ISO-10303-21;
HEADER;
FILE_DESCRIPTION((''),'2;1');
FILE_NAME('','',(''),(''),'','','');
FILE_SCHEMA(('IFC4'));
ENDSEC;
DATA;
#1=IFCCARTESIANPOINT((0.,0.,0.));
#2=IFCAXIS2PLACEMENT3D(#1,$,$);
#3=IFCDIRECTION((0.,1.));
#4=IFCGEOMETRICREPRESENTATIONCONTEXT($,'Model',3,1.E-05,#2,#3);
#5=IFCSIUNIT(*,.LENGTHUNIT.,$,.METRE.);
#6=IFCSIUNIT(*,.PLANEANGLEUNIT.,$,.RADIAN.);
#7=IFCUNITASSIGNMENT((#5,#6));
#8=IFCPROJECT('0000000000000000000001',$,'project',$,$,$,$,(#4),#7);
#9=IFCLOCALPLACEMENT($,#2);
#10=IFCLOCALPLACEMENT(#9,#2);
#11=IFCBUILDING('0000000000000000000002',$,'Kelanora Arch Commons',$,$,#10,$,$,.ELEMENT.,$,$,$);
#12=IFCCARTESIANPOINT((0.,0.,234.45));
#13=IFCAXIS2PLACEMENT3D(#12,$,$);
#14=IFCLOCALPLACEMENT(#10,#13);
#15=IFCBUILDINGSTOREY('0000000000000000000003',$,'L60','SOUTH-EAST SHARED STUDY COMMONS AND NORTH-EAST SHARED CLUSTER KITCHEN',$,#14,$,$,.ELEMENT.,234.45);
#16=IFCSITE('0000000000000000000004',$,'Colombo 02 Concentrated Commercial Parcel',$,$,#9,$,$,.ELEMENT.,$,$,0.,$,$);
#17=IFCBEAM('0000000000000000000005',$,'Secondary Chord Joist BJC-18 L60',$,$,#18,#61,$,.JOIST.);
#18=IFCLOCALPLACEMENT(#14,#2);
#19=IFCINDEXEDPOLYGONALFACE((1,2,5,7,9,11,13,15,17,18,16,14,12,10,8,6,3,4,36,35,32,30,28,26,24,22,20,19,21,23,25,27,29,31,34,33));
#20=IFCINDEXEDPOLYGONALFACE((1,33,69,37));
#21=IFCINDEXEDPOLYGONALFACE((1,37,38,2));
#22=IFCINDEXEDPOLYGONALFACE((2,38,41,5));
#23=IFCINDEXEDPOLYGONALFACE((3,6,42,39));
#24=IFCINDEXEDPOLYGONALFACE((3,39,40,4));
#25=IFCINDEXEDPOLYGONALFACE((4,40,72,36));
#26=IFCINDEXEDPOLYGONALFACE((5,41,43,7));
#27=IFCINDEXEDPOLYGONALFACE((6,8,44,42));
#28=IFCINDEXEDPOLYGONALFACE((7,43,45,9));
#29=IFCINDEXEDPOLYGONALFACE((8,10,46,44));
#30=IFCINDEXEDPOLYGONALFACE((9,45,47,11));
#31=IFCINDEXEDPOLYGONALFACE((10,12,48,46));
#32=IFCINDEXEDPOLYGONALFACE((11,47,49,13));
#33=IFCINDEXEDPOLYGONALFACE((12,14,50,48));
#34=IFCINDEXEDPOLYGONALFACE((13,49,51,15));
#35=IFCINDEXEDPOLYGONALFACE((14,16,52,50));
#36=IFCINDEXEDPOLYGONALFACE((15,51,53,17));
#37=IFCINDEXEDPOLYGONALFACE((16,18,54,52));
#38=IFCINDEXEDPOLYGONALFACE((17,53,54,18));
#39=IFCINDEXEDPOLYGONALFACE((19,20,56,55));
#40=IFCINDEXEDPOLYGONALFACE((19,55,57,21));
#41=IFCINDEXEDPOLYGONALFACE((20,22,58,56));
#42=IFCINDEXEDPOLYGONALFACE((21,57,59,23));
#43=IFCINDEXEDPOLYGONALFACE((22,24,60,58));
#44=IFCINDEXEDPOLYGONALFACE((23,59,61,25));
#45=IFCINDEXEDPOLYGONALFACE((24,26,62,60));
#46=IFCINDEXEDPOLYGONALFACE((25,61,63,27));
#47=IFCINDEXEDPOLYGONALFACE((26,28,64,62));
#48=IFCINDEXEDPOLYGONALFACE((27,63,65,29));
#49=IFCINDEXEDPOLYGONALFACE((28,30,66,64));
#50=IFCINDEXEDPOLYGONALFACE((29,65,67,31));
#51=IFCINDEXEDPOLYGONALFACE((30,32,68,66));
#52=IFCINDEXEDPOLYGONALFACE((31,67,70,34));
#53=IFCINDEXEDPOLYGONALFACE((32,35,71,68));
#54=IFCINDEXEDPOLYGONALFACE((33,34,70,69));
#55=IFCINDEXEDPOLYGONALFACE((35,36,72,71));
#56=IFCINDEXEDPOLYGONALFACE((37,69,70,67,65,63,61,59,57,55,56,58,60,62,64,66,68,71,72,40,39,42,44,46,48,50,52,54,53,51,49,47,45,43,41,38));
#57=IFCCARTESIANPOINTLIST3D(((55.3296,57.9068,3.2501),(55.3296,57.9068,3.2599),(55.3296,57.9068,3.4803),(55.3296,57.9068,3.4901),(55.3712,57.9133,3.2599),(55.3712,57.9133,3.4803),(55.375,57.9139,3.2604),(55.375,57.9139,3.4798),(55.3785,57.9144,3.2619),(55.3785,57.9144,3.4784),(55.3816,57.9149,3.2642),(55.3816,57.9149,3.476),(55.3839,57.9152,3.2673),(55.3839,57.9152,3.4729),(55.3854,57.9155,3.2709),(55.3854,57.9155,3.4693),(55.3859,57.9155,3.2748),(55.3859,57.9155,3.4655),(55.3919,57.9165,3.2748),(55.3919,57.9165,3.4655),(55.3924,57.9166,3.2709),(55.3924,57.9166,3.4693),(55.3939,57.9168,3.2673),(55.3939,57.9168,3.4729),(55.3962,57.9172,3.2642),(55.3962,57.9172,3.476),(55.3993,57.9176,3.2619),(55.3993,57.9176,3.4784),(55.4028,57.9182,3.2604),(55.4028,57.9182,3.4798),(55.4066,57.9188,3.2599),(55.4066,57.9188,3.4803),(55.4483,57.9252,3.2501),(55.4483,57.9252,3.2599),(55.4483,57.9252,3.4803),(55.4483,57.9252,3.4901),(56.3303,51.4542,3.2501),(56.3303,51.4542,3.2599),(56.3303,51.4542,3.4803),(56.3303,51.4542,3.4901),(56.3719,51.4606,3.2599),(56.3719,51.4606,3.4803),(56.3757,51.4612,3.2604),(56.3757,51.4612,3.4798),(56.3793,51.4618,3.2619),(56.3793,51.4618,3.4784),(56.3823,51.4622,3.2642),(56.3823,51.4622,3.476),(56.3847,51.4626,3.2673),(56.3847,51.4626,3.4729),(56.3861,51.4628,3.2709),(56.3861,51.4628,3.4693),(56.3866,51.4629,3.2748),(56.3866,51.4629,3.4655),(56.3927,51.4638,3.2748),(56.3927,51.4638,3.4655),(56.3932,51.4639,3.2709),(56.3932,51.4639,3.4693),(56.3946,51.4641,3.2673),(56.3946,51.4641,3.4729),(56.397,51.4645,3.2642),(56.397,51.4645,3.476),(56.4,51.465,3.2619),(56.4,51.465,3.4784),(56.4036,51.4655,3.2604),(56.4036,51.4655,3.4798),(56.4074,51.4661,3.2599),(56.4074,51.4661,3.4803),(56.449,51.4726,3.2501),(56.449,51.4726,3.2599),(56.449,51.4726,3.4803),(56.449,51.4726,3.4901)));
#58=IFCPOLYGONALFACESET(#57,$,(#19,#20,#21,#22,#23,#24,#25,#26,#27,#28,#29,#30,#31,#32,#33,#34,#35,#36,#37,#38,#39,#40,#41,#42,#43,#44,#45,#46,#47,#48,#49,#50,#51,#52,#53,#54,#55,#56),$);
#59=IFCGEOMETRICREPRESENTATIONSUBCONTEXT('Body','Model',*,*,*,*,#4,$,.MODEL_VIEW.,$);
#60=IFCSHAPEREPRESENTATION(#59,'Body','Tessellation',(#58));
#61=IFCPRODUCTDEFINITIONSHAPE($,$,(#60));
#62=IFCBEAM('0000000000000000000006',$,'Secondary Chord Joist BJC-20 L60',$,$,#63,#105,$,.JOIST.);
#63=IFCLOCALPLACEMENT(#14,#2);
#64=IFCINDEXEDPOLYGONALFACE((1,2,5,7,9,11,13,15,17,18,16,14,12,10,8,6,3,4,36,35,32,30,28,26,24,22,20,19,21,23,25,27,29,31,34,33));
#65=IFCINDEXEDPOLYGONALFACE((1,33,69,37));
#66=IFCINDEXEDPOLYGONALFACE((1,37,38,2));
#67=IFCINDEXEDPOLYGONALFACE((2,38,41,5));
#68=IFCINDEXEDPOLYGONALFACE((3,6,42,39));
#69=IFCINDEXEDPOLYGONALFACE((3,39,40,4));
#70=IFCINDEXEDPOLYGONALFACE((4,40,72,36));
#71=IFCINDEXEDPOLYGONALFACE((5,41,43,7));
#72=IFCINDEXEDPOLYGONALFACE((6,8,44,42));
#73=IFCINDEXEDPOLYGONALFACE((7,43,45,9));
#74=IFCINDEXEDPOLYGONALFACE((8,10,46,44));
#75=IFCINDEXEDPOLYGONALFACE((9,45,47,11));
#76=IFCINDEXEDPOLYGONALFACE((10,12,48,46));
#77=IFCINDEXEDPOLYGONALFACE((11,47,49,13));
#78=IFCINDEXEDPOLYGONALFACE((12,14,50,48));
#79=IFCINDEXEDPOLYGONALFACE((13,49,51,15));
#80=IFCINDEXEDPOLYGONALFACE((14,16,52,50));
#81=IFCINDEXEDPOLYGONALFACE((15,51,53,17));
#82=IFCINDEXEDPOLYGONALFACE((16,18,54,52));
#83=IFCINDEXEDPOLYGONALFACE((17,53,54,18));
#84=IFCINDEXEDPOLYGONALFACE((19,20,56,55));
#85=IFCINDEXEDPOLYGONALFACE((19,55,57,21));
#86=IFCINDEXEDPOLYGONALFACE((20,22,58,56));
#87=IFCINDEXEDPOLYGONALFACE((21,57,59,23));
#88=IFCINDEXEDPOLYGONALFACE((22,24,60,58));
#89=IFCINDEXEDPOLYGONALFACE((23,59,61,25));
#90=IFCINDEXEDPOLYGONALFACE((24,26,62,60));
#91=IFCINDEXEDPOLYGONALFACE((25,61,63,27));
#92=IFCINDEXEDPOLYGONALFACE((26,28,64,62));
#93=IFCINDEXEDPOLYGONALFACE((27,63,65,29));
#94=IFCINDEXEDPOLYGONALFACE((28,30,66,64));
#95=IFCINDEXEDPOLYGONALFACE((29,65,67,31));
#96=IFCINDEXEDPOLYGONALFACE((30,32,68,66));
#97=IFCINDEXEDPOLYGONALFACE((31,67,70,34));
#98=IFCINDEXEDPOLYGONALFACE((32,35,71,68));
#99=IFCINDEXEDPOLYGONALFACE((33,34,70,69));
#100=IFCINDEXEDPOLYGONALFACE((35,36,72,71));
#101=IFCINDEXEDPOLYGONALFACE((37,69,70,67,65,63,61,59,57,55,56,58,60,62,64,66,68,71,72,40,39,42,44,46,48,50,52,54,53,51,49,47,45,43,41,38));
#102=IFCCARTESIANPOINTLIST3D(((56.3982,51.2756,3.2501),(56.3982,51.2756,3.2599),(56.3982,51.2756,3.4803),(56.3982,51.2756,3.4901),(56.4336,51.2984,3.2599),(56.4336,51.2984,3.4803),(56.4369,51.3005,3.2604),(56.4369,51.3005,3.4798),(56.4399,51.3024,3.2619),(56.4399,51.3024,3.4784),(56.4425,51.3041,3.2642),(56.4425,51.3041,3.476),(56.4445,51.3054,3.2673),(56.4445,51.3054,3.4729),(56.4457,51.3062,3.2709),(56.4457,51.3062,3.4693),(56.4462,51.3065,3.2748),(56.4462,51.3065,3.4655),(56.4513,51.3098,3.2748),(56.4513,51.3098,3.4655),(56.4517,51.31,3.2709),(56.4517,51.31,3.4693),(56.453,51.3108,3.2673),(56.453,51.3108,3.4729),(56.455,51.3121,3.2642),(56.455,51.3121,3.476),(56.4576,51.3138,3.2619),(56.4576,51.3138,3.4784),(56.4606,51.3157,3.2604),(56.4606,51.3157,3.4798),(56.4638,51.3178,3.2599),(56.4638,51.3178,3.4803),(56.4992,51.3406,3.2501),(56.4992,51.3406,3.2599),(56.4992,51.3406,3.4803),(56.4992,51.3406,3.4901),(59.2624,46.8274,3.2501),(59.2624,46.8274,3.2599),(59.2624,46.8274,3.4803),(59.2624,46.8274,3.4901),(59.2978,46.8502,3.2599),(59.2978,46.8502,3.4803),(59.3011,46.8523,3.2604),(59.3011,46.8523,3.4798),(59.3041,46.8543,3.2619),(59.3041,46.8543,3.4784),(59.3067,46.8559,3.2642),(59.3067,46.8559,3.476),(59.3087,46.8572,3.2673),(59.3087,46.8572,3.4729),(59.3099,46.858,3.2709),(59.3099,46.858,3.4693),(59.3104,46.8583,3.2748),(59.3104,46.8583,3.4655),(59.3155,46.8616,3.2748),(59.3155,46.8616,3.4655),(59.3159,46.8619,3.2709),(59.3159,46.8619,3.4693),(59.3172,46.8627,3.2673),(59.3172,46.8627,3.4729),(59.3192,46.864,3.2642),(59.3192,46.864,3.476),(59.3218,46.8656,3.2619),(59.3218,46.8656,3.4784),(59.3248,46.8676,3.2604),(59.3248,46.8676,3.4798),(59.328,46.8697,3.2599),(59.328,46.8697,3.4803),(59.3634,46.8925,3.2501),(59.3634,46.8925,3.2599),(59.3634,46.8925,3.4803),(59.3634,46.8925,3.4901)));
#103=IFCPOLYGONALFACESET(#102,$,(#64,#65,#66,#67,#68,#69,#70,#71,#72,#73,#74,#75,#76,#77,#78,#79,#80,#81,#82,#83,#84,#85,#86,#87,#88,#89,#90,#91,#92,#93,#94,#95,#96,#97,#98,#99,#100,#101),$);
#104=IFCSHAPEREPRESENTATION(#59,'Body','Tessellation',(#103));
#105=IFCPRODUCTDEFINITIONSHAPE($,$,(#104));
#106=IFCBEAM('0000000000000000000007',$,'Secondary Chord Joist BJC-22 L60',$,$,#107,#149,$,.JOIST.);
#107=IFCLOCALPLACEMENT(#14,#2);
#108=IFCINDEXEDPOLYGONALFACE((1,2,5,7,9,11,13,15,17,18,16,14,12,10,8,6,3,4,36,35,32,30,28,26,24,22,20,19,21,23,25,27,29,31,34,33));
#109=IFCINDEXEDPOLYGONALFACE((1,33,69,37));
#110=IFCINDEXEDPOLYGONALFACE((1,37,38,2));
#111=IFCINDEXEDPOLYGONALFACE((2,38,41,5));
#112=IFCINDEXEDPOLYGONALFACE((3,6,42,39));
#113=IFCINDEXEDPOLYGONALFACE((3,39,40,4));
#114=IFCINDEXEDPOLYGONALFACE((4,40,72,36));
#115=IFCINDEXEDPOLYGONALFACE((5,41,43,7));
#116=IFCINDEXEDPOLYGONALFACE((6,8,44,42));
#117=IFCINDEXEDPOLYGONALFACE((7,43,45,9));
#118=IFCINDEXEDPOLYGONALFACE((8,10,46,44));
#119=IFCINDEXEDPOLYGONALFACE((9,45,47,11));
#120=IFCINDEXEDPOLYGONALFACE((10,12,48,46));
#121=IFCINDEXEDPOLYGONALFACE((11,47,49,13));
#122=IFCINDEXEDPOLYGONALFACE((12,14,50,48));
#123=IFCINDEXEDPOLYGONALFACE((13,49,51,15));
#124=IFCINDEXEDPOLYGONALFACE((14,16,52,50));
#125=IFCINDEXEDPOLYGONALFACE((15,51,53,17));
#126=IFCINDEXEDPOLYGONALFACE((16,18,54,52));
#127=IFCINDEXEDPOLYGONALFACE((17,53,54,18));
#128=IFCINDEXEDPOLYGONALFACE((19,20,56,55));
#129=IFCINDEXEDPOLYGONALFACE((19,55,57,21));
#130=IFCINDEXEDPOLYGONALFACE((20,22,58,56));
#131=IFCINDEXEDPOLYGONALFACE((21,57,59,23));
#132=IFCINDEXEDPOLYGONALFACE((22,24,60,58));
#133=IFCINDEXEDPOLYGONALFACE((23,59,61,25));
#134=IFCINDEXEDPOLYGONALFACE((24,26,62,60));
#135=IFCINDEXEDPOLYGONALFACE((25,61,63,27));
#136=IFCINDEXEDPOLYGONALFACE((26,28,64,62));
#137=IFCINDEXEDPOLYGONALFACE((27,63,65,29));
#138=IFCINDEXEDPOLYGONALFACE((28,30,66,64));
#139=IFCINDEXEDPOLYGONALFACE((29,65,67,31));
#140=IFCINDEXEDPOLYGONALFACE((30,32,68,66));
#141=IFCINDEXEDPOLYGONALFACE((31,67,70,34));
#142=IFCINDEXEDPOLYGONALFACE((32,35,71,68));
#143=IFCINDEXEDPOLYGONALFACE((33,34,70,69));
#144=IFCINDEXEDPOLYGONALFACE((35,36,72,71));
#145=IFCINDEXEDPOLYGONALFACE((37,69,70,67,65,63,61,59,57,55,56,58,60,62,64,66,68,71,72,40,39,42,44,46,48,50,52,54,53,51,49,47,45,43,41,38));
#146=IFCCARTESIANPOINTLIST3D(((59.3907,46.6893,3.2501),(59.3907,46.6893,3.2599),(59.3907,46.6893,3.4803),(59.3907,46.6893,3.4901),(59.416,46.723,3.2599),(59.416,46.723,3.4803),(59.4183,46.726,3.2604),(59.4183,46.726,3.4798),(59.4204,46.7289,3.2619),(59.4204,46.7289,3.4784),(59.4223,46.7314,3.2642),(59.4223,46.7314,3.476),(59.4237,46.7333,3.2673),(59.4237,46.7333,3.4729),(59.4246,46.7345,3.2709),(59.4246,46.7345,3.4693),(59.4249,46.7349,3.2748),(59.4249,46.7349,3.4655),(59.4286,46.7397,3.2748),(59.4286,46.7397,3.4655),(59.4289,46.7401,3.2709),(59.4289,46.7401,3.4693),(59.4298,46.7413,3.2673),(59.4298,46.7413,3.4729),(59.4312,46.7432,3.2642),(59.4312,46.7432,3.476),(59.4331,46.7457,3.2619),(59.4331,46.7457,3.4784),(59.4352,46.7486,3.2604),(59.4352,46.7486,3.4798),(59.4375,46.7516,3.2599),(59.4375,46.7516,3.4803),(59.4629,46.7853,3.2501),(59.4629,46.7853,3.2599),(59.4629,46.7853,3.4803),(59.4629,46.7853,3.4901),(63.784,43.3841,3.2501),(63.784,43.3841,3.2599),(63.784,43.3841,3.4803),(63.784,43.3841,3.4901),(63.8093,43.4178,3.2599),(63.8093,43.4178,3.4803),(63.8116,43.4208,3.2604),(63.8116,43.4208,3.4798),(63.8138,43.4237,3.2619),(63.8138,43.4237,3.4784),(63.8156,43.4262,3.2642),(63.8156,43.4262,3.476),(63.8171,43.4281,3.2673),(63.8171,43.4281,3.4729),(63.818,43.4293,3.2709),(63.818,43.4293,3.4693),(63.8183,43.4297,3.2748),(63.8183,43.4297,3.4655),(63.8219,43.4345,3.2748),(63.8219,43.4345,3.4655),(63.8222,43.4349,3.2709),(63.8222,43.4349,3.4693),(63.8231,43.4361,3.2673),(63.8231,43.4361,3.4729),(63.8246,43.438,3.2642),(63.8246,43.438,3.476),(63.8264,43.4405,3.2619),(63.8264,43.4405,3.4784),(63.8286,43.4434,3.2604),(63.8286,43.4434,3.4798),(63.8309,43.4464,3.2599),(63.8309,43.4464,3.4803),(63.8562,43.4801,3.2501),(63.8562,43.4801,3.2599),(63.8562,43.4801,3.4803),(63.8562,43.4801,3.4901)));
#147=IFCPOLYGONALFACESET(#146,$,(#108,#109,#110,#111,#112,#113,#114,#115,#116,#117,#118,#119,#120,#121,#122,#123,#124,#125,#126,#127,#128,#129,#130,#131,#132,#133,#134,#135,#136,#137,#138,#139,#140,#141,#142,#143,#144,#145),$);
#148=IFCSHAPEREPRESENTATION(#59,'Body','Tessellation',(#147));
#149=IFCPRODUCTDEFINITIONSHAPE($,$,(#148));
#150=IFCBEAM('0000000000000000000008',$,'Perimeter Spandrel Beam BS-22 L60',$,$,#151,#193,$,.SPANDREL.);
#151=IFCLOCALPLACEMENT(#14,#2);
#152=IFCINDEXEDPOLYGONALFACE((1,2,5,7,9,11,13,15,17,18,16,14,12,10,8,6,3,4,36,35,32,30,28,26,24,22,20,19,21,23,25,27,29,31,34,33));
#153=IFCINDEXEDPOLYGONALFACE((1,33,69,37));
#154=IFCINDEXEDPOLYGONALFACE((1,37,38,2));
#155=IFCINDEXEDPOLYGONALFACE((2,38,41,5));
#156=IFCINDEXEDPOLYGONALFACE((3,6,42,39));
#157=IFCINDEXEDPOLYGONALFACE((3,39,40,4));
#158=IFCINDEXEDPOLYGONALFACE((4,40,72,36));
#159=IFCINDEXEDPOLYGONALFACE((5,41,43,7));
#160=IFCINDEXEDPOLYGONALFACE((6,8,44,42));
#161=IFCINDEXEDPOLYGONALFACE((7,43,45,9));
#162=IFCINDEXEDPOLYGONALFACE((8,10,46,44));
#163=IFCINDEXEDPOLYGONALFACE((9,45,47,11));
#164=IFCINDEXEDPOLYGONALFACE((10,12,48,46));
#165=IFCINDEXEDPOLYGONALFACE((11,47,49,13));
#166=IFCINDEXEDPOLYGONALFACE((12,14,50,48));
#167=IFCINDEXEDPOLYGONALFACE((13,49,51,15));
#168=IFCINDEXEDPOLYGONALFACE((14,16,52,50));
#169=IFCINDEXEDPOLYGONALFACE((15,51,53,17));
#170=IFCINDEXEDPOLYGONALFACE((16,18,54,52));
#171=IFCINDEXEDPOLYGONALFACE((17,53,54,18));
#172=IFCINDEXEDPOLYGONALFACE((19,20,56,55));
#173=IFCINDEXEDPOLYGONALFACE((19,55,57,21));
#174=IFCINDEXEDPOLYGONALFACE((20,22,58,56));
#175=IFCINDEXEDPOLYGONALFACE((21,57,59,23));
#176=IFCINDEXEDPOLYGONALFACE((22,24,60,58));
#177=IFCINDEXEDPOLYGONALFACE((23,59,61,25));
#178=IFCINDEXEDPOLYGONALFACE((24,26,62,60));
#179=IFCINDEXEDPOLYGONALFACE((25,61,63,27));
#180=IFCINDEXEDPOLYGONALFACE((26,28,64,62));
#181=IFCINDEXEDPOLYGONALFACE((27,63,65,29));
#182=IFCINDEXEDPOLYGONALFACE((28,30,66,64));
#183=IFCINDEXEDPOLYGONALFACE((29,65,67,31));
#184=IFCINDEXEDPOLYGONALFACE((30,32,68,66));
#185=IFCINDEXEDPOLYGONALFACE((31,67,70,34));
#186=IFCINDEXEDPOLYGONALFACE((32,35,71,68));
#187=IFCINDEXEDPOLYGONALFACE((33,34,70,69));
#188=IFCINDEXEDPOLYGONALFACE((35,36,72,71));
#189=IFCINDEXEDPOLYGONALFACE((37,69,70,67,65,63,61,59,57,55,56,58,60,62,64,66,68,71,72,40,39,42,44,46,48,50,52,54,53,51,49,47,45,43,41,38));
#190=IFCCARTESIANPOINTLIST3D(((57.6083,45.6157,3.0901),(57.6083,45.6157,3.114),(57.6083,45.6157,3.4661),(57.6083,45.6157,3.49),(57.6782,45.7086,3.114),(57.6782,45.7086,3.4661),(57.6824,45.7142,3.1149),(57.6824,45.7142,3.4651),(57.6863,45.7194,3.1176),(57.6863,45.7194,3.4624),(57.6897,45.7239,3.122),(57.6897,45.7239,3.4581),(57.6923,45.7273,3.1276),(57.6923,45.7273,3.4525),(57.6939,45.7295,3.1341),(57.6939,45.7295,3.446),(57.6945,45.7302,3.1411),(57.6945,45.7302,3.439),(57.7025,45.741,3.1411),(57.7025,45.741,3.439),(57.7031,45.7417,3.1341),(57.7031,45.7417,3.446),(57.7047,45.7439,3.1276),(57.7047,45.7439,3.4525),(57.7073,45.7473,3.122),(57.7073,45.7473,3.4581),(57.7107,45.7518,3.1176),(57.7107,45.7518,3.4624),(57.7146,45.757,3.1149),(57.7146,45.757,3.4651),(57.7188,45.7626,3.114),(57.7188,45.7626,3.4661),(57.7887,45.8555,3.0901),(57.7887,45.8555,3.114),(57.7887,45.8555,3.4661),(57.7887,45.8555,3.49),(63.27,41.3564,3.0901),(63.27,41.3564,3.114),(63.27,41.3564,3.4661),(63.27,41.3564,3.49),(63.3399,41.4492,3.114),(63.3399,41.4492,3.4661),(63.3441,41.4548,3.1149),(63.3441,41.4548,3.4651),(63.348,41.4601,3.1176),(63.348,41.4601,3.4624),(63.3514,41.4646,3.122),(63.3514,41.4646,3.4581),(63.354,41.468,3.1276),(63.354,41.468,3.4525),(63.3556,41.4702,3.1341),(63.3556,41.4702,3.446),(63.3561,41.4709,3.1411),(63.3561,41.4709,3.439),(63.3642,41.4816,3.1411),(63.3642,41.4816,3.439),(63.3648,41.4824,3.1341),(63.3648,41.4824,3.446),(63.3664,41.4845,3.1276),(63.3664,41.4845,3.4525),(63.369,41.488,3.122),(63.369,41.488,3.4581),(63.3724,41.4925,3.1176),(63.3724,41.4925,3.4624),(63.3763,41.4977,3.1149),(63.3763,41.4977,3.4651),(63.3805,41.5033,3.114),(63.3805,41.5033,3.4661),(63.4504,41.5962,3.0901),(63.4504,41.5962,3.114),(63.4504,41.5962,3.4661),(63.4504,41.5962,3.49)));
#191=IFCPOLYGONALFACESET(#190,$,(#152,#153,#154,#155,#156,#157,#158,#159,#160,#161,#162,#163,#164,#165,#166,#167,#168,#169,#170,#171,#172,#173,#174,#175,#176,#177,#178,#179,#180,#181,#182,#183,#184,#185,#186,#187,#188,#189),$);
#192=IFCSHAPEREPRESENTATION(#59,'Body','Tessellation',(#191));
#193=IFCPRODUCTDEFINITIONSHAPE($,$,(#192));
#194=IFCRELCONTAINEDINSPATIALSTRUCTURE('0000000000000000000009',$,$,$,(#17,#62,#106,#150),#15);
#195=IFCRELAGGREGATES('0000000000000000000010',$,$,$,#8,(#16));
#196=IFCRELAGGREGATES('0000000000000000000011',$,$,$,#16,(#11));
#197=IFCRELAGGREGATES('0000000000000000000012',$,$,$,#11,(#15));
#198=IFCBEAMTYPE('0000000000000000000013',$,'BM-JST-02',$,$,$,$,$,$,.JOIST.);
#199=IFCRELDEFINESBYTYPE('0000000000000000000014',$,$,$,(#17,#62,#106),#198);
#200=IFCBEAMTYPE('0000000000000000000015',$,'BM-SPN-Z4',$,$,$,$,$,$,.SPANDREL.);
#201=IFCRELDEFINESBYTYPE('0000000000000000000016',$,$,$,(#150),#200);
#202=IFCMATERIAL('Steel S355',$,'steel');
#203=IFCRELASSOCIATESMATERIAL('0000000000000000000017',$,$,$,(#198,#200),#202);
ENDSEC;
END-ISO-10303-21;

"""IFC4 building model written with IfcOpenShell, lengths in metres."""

from ifc_helpers import new_model, si_unit, direction, frame, origin, origin_2d, place, context, subcontext, project, spatial, i_section, extrude, material, material_profile, profile_set, type_object, element, save


model = new_model("IFC4")

# Units and contexts
model_context = context("Model", 3, precision=1e-05, world=origin(), true_north=direction((0.0, 1.0)))
body_context = subcontext(model_context, "Body", "Model", "MODEL_VIEW")
ifc_project = project(units=[si_unit("LENGTHUNIT", "METRE"), si_unit("PLANEANGLEUNIT", "RADIAN")], contexts=[model_context])

# Site, building, storey
site_placement = place(None, origin())
site = spatial("IfcSite", under=ifc_project, at=site_placement, Name="Colombo 02 Concentrated Commercial Parcel", CompositionType="ELEMENT", RefElevation=0.0)
building_placement = place(site_placement, origin())
building = spatial("IfcBuilding", under=site, at=building_placement, Name="Kelanora Arch Commons", CompositionType="ELEMENT")
storey_placement = place(building_placement, frame((0.0, 0.0, 234.45)))
storey = spatial("IfcBuildingStorey", under=building, at=storey_placement, Name="L60", Description="SOUTH-EAST SHARED STUDY COMMONS AND NORTH-EAST SHARED CLUSTER KITCHEN", CompositionType="ELEMENT", Elevation=234.45)

# Beams
ifc_material_1 = material(Name="Steel S355", Category="steel")
ifc_material_profile_1 = material_profile(ifc_material_1, i_section(OverallWidth=0.1201, OverallDepth=0.24, WebThickness=0.0061, FlangeThickness=0.0098, FilletRadius=0.0149, at=origin_2d()), Name="IPE240")
ifc_profile_set_1 = profile_set([ifc_material_profile_1], Name="Steel S355")
beam_type_1 = type_object("IfcBeamType", Name="BM-JST-02", PredefinedType="JOIST", material=ifc_profile_set_1)
beam_1_placement = place(storey_placement, frame((55.3889, 57.916, 3.3701), z_axis=(0.153257, -0.988186, 0.0), x_axis=(0.988186, 0.153257, 0.0)))
element("IfcBeam", 1, at=beam_1_placement, inside=storey, type_object=beam_type_1, Name="Secondary Chord Joist BJC-18 L60", PredefinedType="JOIST", context=body_context, shape_type="SweptSolid", body=[
    extrude(i_section(OverallWidth=0.1201, OverallDepth=0.24, WebThickness=0.0061, FlangeThickness=0.0098, FilletRadius=0.0149, at=origin_2d()), origin(), (0.0, 0.0, 1.0), 6.5298),
])
beam_2_placement = place(storey_placement, frame((56.4487, 51.3081, 3.3701), z_axis=(0.541382, -0.840776, 0.0), x_axis=(0.840776, 0.541382, 0.0)))
element("IfcBeam", 2, at=beam_2_placement, inside=storey, type_object=beam_type_1, Name="Secondary Chord Joist BJC-20 L60", PredefinedType="JOIST", context=body_context, shape_type="SweptSolid", body=[
    extrude(i_section(OverallWidth=0.1201, OverallDepth=0.24, WebThickness=0.0061, FlangeThickness=0.0098, FilletRadius=0.0149, at=origin_2d()), origin(), (0.0, 0.0, 1.0), 5.2905),
])
beam_3_placement = place(storey_placement, frame((59.4268, 46.7373, 3.3701), z_axis=(0.799109, -0.601186, 0.0), x_axis=(0.601186, 0.799109, 0.0)))
element("IfcBeam", 3, at=beam_3_placement, inside=storey, type_object=beam_type_1, Name="Secondary Chord Joist BJC-22 L60", PredefinedType="JOIST", context=body_context, shape_type="SweptSolid", body=[
    extrude(i_section(OverallWidth=0.1201, OverallDepth=0.24, WebThickness=0.0061, FlangeThickness=0.0098, FilletRadius=0.0149, at=origin_2d()), origin(), (0.0, 0.0, 1.0), 5.4978),
])
ifc_material_profile_2 = material_profile(ifc_material_1, i_section(OverallWidth=0.3, OverallDepth=0.3999, WebThickness=0.0134, FlangeThickness=0.0239, FilletRadius=0.0271, at=origin_2d()), Name="HEB400")
ifc_profile_set_2 = profile_set([ifc_material_profile_2], Name="Steel S355")
beam_type_2 = type_object("IfcBeamType", Name="BM-SPN-Z4", PredefinedType="SPANDREL", material=ifc_profile_set_2)
beam_4_placement = place(storey_placement, frame((57.6985, 45.7356, 3.29), z_axis=(0.799114, -0.601179, 0.0), x_axis=(0.601179, 0.799114, 0.0)))
element("IfcBeam", 4, at=beam_4_placement, inside=storey, type_object=beam_type_2, Name="Perimeter Spandrel Beam BS-22 L60", PredefinedType="SPANDREL", context=body_context, shape_type="SweptSolid", body=[
    extrude(i_section(OverallWidth=0.3, OverallDepth=0.3999, WebThickness=0.0134, FlangeThickness=0.0239, FilletRadius=0.0271, at=origin_2d()), origin(), (0.0, 0.0, 1.0), 7.085),
])

save(model, "model.ifc")
